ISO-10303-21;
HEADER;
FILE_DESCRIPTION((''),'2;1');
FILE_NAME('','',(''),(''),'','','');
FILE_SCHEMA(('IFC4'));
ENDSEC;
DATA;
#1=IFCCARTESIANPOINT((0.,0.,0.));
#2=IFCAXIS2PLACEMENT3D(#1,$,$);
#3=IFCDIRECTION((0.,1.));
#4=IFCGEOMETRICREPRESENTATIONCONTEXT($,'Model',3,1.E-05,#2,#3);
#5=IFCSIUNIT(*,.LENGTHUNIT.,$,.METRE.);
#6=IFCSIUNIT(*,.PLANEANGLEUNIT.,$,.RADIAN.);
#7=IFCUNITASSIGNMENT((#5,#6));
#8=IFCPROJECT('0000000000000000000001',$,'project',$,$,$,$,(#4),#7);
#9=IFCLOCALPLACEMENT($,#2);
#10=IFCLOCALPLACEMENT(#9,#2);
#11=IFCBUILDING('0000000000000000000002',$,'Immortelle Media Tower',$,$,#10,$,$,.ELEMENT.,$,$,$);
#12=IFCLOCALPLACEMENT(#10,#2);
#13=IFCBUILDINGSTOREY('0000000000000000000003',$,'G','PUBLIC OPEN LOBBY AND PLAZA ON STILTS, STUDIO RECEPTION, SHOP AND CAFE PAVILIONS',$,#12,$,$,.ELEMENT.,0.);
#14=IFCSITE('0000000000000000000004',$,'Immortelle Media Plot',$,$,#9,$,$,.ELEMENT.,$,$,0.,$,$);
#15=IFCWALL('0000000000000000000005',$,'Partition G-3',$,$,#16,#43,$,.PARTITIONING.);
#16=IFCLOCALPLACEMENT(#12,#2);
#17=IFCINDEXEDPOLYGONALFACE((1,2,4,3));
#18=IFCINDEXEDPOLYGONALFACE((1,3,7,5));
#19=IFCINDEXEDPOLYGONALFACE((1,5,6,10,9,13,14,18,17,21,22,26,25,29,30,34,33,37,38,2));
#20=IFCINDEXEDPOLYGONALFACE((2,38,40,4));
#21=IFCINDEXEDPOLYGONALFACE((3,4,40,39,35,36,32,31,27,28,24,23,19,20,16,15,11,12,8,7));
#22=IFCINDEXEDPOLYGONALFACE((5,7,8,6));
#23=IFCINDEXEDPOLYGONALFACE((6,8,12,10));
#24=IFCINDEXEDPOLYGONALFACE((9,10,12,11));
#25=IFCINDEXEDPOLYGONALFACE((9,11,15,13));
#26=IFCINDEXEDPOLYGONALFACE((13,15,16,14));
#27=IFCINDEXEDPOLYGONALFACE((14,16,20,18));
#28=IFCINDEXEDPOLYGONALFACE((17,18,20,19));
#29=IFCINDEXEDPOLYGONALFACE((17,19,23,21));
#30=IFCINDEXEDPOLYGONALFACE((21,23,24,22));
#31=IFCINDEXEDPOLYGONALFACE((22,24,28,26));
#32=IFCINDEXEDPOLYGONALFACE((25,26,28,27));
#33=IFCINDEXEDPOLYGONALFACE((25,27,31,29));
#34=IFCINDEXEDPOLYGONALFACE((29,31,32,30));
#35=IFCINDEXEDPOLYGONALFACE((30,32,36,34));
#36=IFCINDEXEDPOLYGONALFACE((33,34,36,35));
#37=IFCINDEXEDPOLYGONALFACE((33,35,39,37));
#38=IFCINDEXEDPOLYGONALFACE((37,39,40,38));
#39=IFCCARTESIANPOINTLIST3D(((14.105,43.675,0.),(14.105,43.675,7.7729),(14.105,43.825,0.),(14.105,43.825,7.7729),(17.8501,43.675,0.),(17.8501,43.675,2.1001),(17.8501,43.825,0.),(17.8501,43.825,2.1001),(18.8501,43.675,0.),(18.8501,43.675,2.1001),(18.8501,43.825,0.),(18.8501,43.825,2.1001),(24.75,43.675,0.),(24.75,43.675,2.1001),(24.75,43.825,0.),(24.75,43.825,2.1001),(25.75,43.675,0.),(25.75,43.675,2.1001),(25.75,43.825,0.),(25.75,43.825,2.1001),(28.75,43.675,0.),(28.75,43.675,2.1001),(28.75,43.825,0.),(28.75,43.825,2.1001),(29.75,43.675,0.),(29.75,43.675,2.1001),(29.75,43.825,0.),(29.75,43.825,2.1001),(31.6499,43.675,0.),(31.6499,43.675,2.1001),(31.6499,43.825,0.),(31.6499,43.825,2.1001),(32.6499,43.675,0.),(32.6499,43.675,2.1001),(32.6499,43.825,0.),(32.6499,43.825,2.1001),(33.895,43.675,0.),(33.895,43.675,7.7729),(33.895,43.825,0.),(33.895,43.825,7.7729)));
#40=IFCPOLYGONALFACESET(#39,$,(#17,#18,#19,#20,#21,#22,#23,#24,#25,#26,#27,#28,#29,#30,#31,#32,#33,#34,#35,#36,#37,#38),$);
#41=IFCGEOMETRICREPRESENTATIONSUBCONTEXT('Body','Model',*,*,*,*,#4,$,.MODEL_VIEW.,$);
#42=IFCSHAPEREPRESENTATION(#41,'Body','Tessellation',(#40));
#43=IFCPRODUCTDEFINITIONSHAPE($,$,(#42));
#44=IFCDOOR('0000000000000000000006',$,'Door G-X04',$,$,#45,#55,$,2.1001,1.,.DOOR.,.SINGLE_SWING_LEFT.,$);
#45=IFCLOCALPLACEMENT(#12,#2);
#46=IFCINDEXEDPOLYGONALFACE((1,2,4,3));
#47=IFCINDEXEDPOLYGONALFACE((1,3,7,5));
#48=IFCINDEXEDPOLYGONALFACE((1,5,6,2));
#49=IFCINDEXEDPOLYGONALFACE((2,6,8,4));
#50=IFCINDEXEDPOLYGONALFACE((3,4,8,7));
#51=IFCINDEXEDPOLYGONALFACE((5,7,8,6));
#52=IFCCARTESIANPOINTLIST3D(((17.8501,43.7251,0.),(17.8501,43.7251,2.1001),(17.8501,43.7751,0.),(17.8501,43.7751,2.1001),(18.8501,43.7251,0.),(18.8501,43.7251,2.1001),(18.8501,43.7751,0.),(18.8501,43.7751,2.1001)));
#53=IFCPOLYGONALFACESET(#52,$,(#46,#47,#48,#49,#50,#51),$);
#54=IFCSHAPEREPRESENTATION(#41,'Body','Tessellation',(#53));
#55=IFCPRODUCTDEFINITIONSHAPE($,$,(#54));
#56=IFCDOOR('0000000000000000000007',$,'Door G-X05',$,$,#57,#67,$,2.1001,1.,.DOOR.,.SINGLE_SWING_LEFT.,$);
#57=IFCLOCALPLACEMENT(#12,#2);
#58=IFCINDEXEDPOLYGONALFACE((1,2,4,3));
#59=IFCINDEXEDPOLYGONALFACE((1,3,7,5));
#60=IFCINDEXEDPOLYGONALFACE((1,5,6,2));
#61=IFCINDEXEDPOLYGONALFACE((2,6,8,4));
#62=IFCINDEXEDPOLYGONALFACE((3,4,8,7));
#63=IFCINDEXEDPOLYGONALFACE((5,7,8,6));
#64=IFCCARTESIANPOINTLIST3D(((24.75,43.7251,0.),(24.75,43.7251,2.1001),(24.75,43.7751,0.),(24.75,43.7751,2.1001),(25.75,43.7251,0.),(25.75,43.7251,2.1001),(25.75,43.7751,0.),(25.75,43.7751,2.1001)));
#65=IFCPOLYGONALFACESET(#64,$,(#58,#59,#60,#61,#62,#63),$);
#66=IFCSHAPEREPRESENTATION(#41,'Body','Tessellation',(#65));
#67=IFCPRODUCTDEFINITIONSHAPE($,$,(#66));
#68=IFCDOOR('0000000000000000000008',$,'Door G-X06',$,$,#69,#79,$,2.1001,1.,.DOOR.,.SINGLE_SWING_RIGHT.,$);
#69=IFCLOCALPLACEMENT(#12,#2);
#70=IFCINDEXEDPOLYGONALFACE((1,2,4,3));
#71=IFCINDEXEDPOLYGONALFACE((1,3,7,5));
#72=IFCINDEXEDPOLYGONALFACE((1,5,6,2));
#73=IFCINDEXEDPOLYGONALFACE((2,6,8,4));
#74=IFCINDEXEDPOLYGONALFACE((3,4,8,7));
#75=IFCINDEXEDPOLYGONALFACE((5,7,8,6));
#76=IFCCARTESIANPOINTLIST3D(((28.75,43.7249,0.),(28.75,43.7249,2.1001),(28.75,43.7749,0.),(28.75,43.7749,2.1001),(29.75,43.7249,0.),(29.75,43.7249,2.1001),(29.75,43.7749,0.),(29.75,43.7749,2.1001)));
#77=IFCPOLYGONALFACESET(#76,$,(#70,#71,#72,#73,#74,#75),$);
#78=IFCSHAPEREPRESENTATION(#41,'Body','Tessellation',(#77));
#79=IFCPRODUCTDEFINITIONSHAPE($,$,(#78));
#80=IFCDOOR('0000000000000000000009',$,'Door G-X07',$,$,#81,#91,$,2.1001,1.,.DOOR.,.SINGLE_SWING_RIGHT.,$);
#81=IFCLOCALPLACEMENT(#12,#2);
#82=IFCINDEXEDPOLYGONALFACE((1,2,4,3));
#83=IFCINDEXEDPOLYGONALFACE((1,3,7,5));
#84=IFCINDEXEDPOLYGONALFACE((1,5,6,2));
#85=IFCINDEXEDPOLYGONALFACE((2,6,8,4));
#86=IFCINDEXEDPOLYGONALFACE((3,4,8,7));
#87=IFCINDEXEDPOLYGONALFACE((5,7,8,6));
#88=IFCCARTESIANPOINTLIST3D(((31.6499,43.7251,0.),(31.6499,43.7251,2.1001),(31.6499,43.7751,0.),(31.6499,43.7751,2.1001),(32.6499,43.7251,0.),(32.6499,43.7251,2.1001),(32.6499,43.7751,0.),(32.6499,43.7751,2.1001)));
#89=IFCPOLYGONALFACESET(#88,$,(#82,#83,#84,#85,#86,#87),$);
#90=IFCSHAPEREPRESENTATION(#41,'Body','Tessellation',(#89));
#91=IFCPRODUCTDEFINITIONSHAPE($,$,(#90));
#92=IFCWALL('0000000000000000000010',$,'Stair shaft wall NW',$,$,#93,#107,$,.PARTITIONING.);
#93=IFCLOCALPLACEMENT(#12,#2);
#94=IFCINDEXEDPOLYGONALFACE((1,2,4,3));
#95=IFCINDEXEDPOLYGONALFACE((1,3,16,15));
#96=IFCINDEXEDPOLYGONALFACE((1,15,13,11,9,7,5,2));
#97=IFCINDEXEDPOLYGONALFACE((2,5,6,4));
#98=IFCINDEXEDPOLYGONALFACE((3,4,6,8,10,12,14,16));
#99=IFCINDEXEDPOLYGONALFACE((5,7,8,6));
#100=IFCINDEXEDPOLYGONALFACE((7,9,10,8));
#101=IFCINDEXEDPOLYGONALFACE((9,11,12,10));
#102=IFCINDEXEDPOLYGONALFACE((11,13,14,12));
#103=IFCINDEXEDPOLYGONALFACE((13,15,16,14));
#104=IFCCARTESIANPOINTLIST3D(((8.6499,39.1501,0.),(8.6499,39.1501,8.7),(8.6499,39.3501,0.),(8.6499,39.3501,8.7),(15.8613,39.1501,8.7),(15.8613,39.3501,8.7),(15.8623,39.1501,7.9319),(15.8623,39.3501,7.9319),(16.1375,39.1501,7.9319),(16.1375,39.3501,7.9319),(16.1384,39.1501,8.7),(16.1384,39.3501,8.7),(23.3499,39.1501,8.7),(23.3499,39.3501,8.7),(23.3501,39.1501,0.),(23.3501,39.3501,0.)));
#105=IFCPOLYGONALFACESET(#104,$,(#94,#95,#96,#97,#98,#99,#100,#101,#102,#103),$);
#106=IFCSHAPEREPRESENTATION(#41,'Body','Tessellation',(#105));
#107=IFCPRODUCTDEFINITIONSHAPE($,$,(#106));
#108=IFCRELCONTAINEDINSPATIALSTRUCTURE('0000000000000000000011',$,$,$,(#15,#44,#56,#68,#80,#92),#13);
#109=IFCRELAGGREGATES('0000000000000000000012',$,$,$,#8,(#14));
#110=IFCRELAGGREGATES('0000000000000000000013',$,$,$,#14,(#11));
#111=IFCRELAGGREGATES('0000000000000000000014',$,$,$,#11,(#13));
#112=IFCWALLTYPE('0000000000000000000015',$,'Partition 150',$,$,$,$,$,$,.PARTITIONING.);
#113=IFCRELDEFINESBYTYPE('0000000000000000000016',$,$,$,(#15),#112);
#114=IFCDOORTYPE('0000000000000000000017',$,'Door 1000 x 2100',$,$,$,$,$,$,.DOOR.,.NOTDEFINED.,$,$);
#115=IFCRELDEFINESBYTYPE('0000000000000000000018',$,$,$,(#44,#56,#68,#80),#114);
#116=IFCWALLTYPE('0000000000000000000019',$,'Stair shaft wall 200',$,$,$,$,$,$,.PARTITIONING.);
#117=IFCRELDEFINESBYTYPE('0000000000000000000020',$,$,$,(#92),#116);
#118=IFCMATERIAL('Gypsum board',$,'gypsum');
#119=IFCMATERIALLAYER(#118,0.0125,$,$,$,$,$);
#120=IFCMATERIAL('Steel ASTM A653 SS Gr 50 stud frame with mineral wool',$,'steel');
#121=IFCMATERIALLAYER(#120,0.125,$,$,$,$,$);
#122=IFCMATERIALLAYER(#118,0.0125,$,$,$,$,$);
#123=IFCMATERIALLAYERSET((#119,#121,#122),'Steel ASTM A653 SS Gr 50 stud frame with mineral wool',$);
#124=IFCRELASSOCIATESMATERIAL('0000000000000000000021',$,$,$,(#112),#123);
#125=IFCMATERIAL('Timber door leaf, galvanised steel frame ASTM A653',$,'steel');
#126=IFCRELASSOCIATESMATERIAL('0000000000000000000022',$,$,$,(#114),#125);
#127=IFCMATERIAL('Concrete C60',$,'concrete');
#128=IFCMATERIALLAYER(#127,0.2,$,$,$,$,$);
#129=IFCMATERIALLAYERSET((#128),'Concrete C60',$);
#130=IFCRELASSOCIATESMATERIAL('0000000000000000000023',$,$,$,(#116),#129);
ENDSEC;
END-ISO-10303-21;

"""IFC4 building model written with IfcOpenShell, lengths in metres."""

from ifc_helpers import new_model, si_unit, direction, frame, frame_2d, origin, place, context, subcontext, project, spatial, polyline, rectangle, outline, extrude, material, layer, layer_set, type_object, element, fill, save


model = new_model("IFC4")

# Units and contexts
model_context = context("Model", 3, precision=1e-05, world=origin(), true_north=direction((0.0, 1.0)))
body_context = subcontext(model_context, "Body", "Model", "MODEL_VIEW")
ifc_project = project(units=[si_unit("LENGTHUNIT", "METRE"), si_unit("PLANEANGLEUNIT", "RADIAN")], contexts=[model_context])

# Site, building, storey
site_placement = place(None, origin())
site = spatial("IfcSite", under=ifc_project, at=site_placement, Name="Immortelle Media Plot", CompositionType="ELEMENT", RefElevation=0.0)
building_placement = place(site_placement, origin())
building = spatial("IfcBuilding", under=site, at=building_placement, Name="Immortelle Media Tower", CompositionType="ELEMENT")
storey_placement = place(building_placement, origin())
storey = spatial("IfcBuildingStorey", under=building, at=storey_placement, Name="G", Description="PUBLIC OPEN LOBBY AND PLAZA ON STILTS, STUDIO RECEPTION, SHOP AND CAFE PAVILIONS", CompositionType="ELEMENT", Elevation=0.0)

# Wall, openings, doors
ifc_material_1 = material(Name="Gypsum board", Category="gypsum")
ifc_layer_1 = layer(ifc_material_1, 0.0125)
ifc_material_2 = material(Name="Steel ASTM A653 SS Gr 50 stud frame with mineral wool", Category="steel")
ifc_layer_2 = layer(ifc_material_2, 0.125)
ifc_layer_3 = layer(ifc_material_1, 0.0125)
ifc_layer_set_1 = layer_set([ifc_layer_1, ifc_layer_2, ifc_layer_3], Name="Steel ASTM A653 SS Gr 50 stud frame with mineral wool")
wall_type_1 = type_object("IfcWallType", Name="Partition 150", PredefinedType="PARTITIONING", material=ifc_layer_set_1)
wall_1_placement = place(storey_placement, frame((14.105, 43.75, 0.0), z_axis=(0.0, 0.0, 1.0), x_axis=(1.0, 0.0, 0.0)))
wall_1 = element("IfcWall", 1, at=wall_1_placement, inside=storey, type_object=wall_type_1, Name="Partition G-3", PredefinedType="PARTITIONING", context=body_context, shape_type="SweptSolid", body=[
    extrude(rectangle(XDim=19.79, YDim=0.1499, at=frame_2d((9.895, 0.0))), origin(), (0.0, 0.0, 1.0), 7.7729),
])
opening_1_placement = place(wall_1_placement, frame((4.7451, 0.0, 0.0), z_axis=(0.0, 0.0, 1.0), x_axis=(-1.0, 0.0, 0.0)))
opening_1 = element("IfcOpeningElement", 2, at=opening_1_placement, cuts=wall_1, PredefinedType="OPENING", context=body_context, shape_type="SweptSolid", body=[
    extrude(rectangle(XDim=1.0, YDim=2.1001, at=frame_2d((0.5, 1.05))), frame((0.0, 0.085, 0.0), z_axis=(0.0, -1.0, 0.0), x_axis=(1.0, 0.0, 0.0)), (0.0, 0.0, 1.0), 0.1699),
])
opening_2_placement = place(wall_1_placement, frame((11.645, 0.0, 0.0), z_axis=(0.0, 0.0, 1.0), x_axis=(-1.0, 0.0, 0.0)))
opening_2 = element("IfcOpeningElement", 3, at=opening_2_placement, cuts=wall_1, PredefinedType="OPENING", context=body_context, shape_type="SweptSolid", body=[
    extrude(rectangle(XDim=1.0, YDim=2.1001, at=frame_2d((0.5, 1.05))), frame((0.0, 0.085, 0.0), z_axis=(0.0, -1.0, 0.0), x_axis=(1.0, 0.0, 0.0)), (0.0, 0.0, 1.0), 0.1699),
])
opening_3_placement = place(wall_1_placement, frame((14.645, 0.0, 0.0)))
opening_3 = element("IfcOpeningElement", 4, at=opening_3_placement, cuts=wall_1, PredefinedType="OPENING", context=body_context, shape_type="SweptSolid", body=[
    extrude(rectangle(XDim=1.0, YDim=2.1001, at=frame_2d((0.5, 1.05))), frame((0.0, 0.085, 0.0), z_axis=(0.0, -1.0, 0.0), x_axis=(1.0, 0.0, 0.0)), (0.0, 0.0, 1.0), 0.1699),
])
opening_4_placement = place(wall_1_placement, frame((18.5449, 0.0, 0.0), z_axis=(0.0, 0.0, 1.0), x_axis=(-1.0, 0.0, 0.0)))
opening_4 = element("IfcOpeningElement", 5, at=opening_4_placement, cuts=wall_1, PredefinedType="OPENING", context=body_context, shape_type="SweptSolid", body=[
    extrude(rectangle(XDim=1.0, YDim=2.1001, at=frame_2d((0.5, 1.05))), frame((0.0, 0.085, 0.0), z_axis=(0.0, -1.0, 0.0), x_axis=(1.0, 0.0, 0.0)), (0.0, 0.0, 1.0), 0.1699),
])
ifc_material_3 = material(Name="Timber door leaf, galvanised steel frame ASTM A653", Category="steel")
door_type = type_object("IfcDoorType", Name="Door 1000 x 2100", OperationType="NOTDEFINED", PredefinedType="DOOR", material=ifc_material_3)
door_1_placement = place(opening_1_placement, origin())
door_1 = element("IfcDoor", 6, at=door_1_placement, inside=storey, type_object=door_type, Name="Door G-X04", OperationType="SINGLE_SWING_LEFT", OverallHeight=2.1001, OverallWidth=1.0, PredefinedType="DOOR", context=body_context, shape_type="SweptSolid", body=[
    extrude(rectangle(XDim=1.0, YDim=2.1001, at=frame_2d((0.5, 1.05))), frame((0.0, 0.0249, 0.0), z_axis=(0.0, -1.0, 0.0), x_axis=(1.0, 0.0, 0.0)), (0.0, 0.0, 1.0), 0.05),
])
fill(opening_1, door_1)
door_2_placement = place(opening_2_placement, origin())
door_2 = element("IfcDoor", 7, at=door_2_placement, inside=storey, type_object=door_type, Name="Door G-X05", OperationType="SINGLE_SWING_LEFT", OverallHeight=2.1001, OverallWidth=1.0, PredefinedType="DOOR", context=body_context, shape_type="SweptSolid", body=[
    extrude(rectangle(XDim=1.0, YDim=2.1001, at=frame_2d((0.5, 1.05))), frame((0.0, 0.0249, 0.0), z_axis=(0.0, -1.0, 0.0), x_axis=(1.0, 0.0, 0.0)), (0.0, 0.0, 1.0), 0.05),
])
fill(opening_2, door_2)
door_3_placement = place(opening_3_placement, origin())
door_3 = element("IfcDoor", 8, at=door_3_placement, inside=storey, type_object=door_type, Name="Door G-X06", OperationType="SINGLE_SWING_RIGHT", OverallHeight=2.1001, OverallWidth=1.0, PredefinedType="DOOR", context=body_context, shape_type="SweptSolid", body=[
    extrude(rectangle(XDim=1.0, YDim=2.1001, at=frame_2d((0.5, 1.05))), frame((0.0, 0.0249, 0.0), z_axis=(0.0, -1.0, 0.0), x_axis=(1.0, 0.0, 0.0)), (0.0, 0.0, 1.0), 0.05),
])
fill(opening_3, door_3)
door_4_placement = place(opening_4_placement, origin())
door_4 = element("IfcDoor", 9, at=door_4_placement, inside=storey, type_object=door_type, Name="Door G-X07", OperationType="SINGLE_SWING_RIGHT", OverallHeight=2.1001, OverallWidth=1.0, PredefinedType="DOOR", context=body_context, shape_type="SweptSolid", body=[
    extrude(rectangle(XDim=1.0, YDim=2.1001, at=frame_2d((0.5, 1.05))), frame((0.0, 0.0249, 0.0), z_axis=(0.0, -1.0, 0.0), x_axis=(1.0, 0.0, 0.0)), (0.0, 0.0, 1.0), 0.05),
])
fill(opening_4, door_4)

# Wall
ifc_material_4 = material(Name="Concrete C60", Category="concrete")
ifc_layer_4 = layer(ifc_material_4, 0.2)
ifc_layer_set_2 = layer_set([ifc_layer_4], Name="Concrete C60")
wall_type_2 = type_object("IfcWallType", Name="Stair shaft wall 200", PredefinedType="PARTITIONING", material=ifc_layer_set_2)
wall_2_placement = place(storey_placement, frame((8.6499, 39.25, 0.0), z_axis=(0.0, 0.0, 1.0), x_axis=(1.0, 0.0, 0.0)))
element("IfcWall", 10, at=wall_2_placement, inside=storey, type_object=wall_type_2, Name="Stair shaft wall NW", PredefinedType="PARTITIONING", context=body_context, shape_type="SweptSolid", body=[
    extrude(outline(polyline([(0.0, 0.0), (14.7002, 0.0), (14.7, 8.7), (7.4885, 8.7), (7.4875, 7.9319), (7.2124, 7.9319), (7.2114, 8.7), (0.0, 8.7), (0.0, 0.0)])), frame((0.0, 0.1001, 0.0), z_axis=(0.0, -1.0, 0.0), x_axis=(1.0, 0.0, 0.0)), (0.0, 0.0, 1.0), 0.2),
])

save(model, "model.ifc")
